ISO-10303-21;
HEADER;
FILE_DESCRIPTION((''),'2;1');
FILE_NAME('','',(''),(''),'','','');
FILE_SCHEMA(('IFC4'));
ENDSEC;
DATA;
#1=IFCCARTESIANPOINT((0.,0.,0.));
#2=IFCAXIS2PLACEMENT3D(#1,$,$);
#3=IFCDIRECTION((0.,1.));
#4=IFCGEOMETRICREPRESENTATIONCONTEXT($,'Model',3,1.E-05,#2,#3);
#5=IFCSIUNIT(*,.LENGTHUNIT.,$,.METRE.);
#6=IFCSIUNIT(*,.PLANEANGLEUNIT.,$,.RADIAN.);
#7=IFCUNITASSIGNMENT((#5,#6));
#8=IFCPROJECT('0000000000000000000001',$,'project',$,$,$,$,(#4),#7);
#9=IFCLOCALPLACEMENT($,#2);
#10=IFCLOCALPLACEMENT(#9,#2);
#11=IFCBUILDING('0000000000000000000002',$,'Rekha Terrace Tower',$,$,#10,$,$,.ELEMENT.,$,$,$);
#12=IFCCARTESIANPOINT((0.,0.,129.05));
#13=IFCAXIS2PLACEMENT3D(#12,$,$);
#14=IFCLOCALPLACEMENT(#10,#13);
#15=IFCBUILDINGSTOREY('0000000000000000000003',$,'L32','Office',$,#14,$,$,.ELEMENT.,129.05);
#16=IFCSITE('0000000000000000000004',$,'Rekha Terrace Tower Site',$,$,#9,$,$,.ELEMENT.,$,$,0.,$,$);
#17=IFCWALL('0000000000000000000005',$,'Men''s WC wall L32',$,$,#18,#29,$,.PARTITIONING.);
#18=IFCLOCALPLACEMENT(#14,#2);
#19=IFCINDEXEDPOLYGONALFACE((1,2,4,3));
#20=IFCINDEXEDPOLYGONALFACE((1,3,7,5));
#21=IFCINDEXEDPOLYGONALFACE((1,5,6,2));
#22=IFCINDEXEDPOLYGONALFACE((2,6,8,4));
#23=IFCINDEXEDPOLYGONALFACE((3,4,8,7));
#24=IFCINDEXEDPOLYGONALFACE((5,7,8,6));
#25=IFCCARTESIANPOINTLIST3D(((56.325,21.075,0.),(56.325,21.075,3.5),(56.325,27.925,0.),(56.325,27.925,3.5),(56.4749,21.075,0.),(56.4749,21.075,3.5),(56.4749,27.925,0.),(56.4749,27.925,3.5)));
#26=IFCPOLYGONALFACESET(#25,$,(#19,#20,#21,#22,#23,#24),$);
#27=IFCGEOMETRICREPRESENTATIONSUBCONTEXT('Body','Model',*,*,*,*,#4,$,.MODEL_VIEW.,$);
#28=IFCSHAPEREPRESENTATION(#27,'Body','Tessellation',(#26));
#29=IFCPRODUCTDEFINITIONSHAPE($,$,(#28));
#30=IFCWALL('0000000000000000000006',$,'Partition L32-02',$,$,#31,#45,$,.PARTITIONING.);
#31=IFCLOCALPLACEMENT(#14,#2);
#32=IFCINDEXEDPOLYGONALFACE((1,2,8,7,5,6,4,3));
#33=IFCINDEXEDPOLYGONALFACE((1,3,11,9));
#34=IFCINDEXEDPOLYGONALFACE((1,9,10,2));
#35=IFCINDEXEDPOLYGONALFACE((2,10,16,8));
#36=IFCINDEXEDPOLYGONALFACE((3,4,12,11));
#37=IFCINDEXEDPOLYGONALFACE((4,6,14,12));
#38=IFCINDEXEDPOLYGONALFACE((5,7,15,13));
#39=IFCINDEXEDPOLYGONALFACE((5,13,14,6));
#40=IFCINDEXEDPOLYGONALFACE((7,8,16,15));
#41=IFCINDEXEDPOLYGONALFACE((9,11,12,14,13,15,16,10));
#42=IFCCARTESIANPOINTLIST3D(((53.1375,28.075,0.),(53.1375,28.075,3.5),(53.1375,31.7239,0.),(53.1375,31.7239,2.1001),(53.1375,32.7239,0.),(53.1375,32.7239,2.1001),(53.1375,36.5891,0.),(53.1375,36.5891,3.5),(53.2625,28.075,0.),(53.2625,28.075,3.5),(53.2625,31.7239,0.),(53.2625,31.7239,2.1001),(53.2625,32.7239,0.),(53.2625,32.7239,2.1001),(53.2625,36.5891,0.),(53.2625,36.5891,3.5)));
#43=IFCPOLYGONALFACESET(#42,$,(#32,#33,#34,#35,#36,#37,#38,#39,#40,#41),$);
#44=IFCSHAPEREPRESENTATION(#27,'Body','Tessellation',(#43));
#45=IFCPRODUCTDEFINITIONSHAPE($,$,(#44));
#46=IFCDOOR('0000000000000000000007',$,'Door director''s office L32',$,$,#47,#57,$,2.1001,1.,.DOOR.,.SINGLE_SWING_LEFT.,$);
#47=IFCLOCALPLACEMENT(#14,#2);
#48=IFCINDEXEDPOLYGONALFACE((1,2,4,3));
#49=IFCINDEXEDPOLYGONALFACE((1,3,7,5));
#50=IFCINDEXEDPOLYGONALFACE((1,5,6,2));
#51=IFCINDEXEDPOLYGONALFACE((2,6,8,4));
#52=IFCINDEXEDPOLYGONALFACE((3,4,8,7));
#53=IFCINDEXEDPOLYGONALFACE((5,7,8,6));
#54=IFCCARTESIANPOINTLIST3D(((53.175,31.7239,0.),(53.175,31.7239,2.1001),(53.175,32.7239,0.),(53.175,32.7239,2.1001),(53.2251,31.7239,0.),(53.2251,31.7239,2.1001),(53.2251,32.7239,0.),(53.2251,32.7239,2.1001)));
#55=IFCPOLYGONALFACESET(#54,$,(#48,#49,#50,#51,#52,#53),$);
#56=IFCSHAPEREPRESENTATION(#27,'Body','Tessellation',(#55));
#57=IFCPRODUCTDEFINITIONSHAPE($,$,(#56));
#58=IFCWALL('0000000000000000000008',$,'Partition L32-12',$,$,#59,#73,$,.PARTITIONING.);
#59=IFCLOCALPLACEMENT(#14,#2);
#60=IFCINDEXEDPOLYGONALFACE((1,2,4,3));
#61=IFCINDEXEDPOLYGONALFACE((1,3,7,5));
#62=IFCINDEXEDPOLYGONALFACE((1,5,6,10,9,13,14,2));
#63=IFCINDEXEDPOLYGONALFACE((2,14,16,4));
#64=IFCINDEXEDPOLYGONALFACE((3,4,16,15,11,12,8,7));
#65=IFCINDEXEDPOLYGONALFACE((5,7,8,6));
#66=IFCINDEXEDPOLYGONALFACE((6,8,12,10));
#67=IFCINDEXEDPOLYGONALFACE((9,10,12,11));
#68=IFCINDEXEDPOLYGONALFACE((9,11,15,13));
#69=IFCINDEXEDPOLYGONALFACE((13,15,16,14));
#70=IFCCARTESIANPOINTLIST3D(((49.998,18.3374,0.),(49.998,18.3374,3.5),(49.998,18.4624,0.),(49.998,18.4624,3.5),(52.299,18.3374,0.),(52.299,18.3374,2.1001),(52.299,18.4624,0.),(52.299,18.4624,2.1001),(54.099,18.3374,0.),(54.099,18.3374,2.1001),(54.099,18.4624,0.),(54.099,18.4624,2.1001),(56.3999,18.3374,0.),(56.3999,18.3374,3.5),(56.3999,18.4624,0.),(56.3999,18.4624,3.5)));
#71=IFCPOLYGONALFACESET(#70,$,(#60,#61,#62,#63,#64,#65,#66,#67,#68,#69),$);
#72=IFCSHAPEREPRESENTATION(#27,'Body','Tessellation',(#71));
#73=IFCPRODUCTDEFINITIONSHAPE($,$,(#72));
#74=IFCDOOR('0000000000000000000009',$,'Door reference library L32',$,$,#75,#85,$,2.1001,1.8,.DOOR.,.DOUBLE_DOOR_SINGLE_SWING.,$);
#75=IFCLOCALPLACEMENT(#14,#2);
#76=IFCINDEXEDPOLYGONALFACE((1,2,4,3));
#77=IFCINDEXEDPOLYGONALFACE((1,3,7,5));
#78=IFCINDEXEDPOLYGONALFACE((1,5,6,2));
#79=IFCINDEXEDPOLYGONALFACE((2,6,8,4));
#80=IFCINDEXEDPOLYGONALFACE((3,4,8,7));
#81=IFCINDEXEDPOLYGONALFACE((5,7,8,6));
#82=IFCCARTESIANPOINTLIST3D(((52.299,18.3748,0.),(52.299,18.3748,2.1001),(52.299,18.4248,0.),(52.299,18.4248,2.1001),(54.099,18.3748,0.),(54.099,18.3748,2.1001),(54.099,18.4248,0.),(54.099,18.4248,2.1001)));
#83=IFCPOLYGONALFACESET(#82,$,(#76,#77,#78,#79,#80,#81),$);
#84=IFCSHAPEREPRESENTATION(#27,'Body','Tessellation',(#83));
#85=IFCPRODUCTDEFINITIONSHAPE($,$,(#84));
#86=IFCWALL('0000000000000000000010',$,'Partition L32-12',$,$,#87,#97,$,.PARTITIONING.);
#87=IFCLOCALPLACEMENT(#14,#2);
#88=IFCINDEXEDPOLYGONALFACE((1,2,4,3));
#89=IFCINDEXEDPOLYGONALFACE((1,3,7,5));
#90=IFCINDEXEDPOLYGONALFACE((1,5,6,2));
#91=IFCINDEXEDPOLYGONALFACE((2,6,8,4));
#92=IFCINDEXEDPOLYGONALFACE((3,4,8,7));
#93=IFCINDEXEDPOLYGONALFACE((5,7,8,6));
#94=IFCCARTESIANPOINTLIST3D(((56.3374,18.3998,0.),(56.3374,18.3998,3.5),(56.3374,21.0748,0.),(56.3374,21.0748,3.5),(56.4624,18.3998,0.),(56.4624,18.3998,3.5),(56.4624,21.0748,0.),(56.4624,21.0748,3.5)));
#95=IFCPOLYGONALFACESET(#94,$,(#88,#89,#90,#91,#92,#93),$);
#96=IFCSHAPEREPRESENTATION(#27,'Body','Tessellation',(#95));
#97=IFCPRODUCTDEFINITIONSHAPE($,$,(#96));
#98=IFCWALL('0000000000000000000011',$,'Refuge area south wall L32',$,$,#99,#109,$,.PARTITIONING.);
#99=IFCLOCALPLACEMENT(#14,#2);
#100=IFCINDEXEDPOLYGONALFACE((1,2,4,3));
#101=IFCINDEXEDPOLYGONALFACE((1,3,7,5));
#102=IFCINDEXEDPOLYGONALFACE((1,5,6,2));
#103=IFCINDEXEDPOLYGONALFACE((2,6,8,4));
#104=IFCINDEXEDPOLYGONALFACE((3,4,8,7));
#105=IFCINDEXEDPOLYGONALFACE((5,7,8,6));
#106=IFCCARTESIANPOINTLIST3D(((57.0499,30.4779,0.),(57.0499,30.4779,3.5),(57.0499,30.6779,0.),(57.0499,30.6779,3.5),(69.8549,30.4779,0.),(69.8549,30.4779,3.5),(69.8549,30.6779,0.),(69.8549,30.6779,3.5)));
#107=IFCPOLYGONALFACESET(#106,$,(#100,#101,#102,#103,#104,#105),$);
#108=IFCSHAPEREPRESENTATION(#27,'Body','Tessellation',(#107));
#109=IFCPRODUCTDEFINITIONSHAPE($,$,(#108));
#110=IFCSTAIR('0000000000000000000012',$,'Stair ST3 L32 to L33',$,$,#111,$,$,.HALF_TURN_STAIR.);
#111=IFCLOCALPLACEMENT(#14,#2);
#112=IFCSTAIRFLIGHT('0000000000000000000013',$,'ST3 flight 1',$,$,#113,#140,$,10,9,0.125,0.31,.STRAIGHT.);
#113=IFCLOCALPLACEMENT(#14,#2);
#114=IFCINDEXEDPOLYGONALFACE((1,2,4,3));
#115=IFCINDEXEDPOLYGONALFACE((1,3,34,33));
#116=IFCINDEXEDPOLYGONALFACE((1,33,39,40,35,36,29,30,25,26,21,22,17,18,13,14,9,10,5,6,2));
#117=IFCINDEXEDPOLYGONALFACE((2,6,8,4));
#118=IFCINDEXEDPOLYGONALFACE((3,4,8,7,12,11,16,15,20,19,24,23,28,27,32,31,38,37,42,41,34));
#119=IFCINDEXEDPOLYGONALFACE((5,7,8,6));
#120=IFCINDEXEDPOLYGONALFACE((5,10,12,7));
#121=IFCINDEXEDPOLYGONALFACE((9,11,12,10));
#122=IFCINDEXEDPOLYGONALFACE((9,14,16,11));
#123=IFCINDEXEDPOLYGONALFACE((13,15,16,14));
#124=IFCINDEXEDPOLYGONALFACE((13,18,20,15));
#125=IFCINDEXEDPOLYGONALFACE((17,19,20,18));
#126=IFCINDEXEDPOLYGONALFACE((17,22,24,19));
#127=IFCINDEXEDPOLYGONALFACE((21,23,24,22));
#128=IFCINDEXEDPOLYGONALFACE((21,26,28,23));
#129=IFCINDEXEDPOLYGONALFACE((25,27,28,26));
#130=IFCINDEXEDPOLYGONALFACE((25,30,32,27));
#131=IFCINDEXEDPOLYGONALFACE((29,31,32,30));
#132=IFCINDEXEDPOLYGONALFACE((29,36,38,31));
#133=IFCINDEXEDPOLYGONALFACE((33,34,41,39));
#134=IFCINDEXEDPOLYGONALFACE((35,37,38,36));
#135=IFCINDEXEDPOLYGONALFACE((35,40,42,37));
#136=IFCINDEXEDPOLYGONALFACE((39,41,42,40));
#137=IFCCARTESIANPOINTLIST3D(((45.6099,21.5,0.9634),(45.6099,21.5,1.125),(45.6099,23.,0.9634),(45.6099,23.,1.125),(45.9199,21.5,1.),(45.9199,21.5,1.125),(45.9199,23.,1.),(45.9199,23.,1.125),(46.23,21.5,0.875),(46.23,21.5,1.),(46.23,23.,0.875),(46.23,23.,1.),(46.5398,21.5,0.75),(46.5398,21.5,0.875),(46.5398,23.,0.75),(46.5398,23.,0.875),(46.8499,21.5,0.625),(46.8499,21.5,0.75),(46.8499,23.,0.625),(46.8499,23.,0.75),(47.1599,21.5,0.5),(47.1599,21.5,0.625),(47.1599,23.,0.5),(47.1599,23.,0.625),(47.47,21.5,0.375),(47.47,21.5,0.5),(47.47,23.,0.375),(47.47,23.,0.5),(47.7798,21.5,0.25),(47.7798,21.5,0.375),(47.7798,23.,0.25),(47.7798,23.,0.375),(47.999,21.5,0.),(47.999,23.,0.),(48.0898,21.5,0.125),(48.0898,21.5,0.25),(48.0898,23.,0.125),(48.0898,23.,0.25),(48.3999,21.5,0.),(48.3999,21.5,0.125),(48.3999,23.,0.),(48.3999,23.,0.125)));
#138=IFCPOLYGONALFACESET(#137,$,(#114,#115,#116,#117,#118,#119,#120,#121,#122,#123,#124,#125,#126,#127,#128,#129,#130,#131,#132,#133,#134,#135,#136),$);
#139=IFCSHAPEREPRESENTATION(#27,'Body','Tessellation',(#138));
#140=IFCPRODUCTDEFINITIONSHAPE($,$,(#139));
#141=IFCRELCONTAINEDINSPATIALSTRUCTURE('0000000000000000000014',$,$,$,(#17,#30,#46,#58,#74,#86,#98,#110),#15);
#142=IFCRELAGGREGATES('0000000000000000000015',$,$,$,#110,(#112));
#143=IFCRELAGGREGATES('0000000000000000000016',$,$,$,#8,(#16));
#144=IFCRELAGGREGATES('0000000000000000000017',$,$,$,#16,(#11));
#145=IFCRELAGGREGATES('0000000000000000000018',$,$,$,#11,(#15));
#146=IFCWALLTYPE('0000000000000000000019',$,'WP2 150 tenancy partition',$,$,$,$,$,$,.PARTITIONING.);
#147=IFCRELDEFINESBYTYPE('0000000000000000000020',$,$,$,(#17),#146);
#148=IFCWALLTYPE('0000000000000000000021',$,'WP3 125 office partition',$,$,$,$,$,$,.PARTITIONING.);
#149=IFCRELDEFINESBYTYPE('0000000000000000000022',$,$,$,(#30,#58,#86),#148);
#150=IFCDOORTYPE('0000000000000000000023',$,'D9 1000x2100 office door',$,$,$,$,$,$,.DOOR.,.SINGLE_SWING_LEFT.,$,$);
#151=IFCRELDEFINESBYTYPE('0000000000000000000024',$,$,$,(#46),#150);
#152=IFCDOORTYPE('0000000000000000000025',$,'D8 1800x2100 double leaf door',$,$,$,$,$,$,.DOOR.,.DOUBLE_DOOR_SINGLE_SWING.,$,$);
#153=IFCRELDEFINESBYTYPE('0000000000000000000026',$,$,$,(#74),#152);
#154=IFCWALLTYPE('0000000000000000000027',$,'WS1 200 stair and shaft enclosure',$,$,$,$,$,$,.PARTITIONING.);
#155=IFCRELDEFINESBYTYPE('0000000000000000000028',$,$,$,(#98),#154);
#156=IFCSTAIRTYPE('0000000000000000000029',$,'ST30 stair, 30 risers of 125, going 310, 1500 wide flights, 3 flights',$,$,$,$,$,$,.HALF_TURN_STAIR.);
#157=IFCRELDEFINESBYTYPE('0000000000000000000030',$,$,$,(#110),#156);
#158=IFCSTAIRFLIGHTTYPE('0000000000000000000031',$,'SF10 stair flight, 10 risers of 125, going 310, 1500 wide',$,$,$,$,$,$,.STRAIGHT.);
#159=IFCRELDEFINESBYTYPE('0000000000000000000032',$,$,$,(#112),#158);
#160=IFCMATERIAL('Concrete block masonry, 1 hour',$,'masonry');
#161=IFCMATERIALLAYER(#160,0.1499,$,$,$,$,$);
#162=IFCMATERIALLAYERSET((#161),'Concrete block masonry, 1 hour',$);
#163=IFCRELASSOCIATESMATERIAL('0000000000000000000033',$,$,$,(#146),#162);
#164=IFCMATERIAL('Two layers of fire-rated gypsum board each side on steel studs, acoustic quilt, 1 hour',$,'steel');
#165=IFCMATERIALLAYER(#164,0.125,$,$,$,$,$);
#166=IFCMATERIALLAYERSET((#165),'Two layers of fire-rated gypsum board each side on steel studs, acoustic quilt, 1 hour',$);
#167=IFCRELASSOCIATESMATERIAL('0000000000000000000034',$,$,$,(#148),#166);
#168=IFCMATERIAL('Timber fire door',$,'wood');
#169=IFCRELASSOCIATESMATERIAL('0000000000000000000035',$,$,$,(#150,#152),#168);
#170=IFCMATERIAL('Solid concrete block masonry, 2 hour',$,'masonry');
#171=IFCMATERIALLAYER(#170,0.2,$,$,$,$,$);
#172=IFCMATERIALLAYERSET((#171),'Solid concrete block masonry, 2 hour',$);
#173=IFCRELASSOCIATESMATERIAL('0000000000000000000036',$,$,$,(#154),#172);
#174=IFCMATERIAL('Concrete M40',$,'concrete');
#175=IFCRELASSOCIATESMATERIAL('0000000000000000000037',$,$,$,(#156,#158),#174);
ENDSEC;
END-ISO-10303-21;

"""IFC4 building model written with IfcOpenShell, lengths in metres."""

from ifc_helpers import new_model, si_unit, direction, frame, frame_2d, origin, place, context, subcontext, project, spatial, polyline, rectangle, outline, extrude, material, layer, layer_set, type_object, element, fill, aggregate, save


model = new_model("IFC4")

# Units and contexts
model_context = context("Model", 3, precision=1e-05, world=origin(), true_north=direction((0.0, 1.0)))
body_context = subcontext(model_context, "Body", "Model", "MODEL_VIEW")
ifc_project = project(units=[si_unit("LENGTHUNIT", "METRE"), si_unit("PLANEANGLEUNIT", "RADIAN")], contexts=[model_context])

# Site, building, storey
site_placement = place(None, origin())
site = spatial("IfcSite", under=ifc_project, at=site_placement, Name="Rekha Terrace Tower Site", CompositionType="ELEMENT", RefElevation=0.0)
building_placement = place(site_placement, origin())
building = spatial("IfcBuilding", under=site, at=building_placement, Name="Rekha Terrace Tower", CompositionType="ELEMENT")
storey_placement = place(building_placement, frame((0.0, 0.0, 129.05)))
storey = spatial("IfcBuildingStorey", under=building, at=storey_placement, Name="L32", Description="Office", CompositionType="ELEMENT", Elevation=129.05)

# Shared definitions
ifc_material_1 = material(Name="Concrete block masonry, 1 hour", Category="masonry")
ifc_layer_1 = layer(ifc_material_1, 0.1499)
ifc_layer_set_1 = layer_set([ifc_layer_1], Name="Concrete block masonry, 1 hour")
wall_type_1 = type_object("IfcWallType", Name="WP2 150 tenancy partition", PredefinedType="PARTITIONING", material=ifc_layer_set_1)

# Wall
wall_1_placement = place(storey_placement, frame((56.3999, 21.075, 0.0), z_axis=(0.0, 0.0, 1.0), x_axis=(0.0, 1.0, 0.0)))
element("IfcWall", 1, at=wall_1_placement, inside=storey, type_object=wall_type_1, Name="Men's WC wall L32", PredefinedType="PARTITIONING", context=body_context, shape_type="SweptSolid", body=[
    extrude(rectangle(XDim=6.8501, YDim=0.1499, at=frame_2d((3.425, 0.0))), origin(), (0.0, 0.0, 1.0), 3.5),
])

# Walls, openings, doors
ifc_material_2 = material(Name="Two layers of fire-rated gypsum board each side on steel studs, acoustic quilt, 1 hour", Category="steel")
ifc_layer_2 = layer(ifc_material_2, 0.125)
ifc_layer_set_2 = layer_set([ifc_layer_2], Name="Two layers of fire-rated gypsum board each side on steel studs, acoustic quilt, 1 hour")
wall_type_2 = type_object("IfcWallType", Name="WP3 125 office partition", PredefinedType="PARTITIONING", material=ifc_layer_set_2)
wall_2_placement = place(storey_placement, frame((53.2, 28.075, 0.0), z_axis=(0.0, 0.0, 1.0), x_axis=(0.0, 1.0, 0.0)))
wall_2 = element("IfcWall", 2, at=wall_2_placement, inside=storey, type_object=wall_type_2, Name="Partition L32-02", PredefinedType="PARTITIONING", context=body_context, shape_type="SweptSolid", body=[
    extrude(rectangle(XDim=8.5142, YDim=0.125, at=frame_2d((4.2571, 0.0))), origin(), (0.0, 0.0, 1.0), 3.5),
])
opening_1_placement = place(wall_2_placement, frame((3.6489, 0.0, 0.0)))
opening_1 = element("IfcOpeningElement", 3, at=opening_1_placement, cuts=wall_2, PredefinedType="OPENING", context=body_context, shape_type="SweptSolid", body=[
    extrude(rectangle(XDim=1.0, YDim=2.1001, at=frame_2d((0.5, 1.05))), frame((0.0, 0.0725, 0.0), z_axis=(0.0, -1.0, 0.0), x_axis=(1.0, 0.0, 0.0)), (0.0, 0.0, 1.0), 0.145),
])
ifc_material_3 = material(Name="Timber fire door", Category="wood")
door_type_1 = type_object("IfcDoorType", Name="D9 1000x2100 office door", OperationType="SINGLE_SWING_LEFT", PredefinedType="DOOR", material=ifc_material_3)
door_1_placement = place(opening_1_placement, origin())
door_1 = element("IfcDoor", 4, at=door_1_placement, inside=storey, type_object=door_type_1, Name="Door director's office L32", OperationType="SINGLE_SWING_LEFT", OverallHeight=2.1001, OverallWidth=1.0, PredefinedType="DOOR", context=body_context, shape_type="SweptSolid", body=[
    extrude(rectangle(XDim=1.0, YDim=2.1001, at=frame_2d((0.5, 1.05))), frame((0.0, 0.0249, 0.0), z_axis=(0.0, -1.0, 0.0), x_axis=(1.0, 0.0, 0.0)), (0.0, 0.0, 1.0), 0.05),
])
fill(opening_1, door_1)
wall_3_placement = place(storey_placement, frame((49.998, 18.3999, 0.0), z_axis=(0.0, 0.0, 1.0), x_axis=(1.0, 0.0, 0.0)))
wall_3 = element("IfcWall", 5, at=wall_3_placement, inside=storey, type_object=wall_type_2, Name="Partition L32-12", PredefinedType="PARTITIONING", context=body_context, shape_type="SweptSolid", body=[
    extrude(rectangle(XDim=6.4019, YDim=0.125, at=frame_2d((3.2009, 0.0))), origin(), (0.0, 0.0, 1.0), 3.5),
])
opening_2_placement = place(wall_3_placement, frame((2.301, 0.0, 0.0)))
opening_2 = element("IfcOpeningElement", 6, at=opening_2_placement, cuts=wall_3, PredefinedType="OPENING", context=body_context, shape_type="SweptSolid", body=[
    extrude(rectangle(XDim=1.8, YDim=2.1001, at=frame_2d((0.8999, 1.05))), frame((0.0, 0.0725, 0.0), z_axis=(0.0, -1.0, 0.0), x_axis=(1.0, 0.0, 0.0)), (0.0, 0.0, 1.0), 0.145),
])
door_type_2 = type_object("IfcDoorType", Name="D8 1800x2100 double leaf door", OperationType="DOUBLE_DOOR_SINGLE_SWING", PredefinedType="DOOR", material=ifc_material_3)
door_2_placement = place(opening_2_placement, origin())
door_2 = element("IfcDoor", 7, at=door_2_placement, inside=storey, type_object=door_type_2, Name="Door reference library L32", OperationType="DOUBLE_DOOR_SINGLE_SWING", OverallHeight=2.1001, OverallWidth=1.8, PredefinedType="DOOR", context=body_context, shape_type="SweptSolid", body=[
    extrude(rectangle(XDim=1.8, YDim=2.1001, at=frame_2d((0.8999, 1.05))), frame((0.0, 0.0249, 0.0), z_axis=(0.0, -1.0, 0.0), x_axis=(1.0, 0.0, 0.0)), (0.0, 0.0, 1.0), 0.05),
])
fill(opening_2, door_2)

# Walls
wall_4_placement = place(storey_placement, frame((56.3999, 18.3999, 0.0), z_axis=(0.0, 0.0, 1.0), x_axis=(0.0, 1.0, 0.0)))
element("IfcWall", 8, at=wall_4_placement, inside=storey, type_object=wall_type_2, Name="Partition L32-12", PredefinedType="PARTITIONING", context=body_context, shape_type="SweptSolid", body=[
    extrude(rectangle(XDim=2.675, YDim=0.125, at=frame_2d((1.3374, 0.0))), origin(), (0.0, 0.0, 1.0), 3.5),
])
ifc_material_4 = material(Name="Solid concrete block masonry, 2 hour", Category="masonry")
ifc_layer_3 = layer(ifc_material_4, 0.2)
ifc_layer_set_3 = layer_set([ifc_layer_3], Name="Solid concrete block masonry, 2 hour")
wall_type_3 = type_object("IfcWallType", Name="WS1 200 stair and shaft enclosure", PredefinedType="PARTITIONING", material=ifc_layer_set_3)
wall_5_placement = place(storey_placement, frame((57.05, 30.5779, 0.0), z_axis=(0.0, 0.0, 1.0), x_axis=(1.0, 0.0, 0.0)))
element("IfcWall", 9, at=wall_5_placement, inside=storey, type_object=wall_type_3, Name="Refuge area south wall L32", PredefinedType="PARTITIONING", context=body_context, shape_type="SweptSolid", body=[
    extrude(rectangle(XDim=12.8049, YDim=0.2, at=frame_2d((6.4023, 0.0))), origin(), (0.0, 0.0, 1.0), 3.5),
])

# Stair, stair flight
ifc_material_5 = material(Name="Concrete M40", Category="concrete")
stair_type = type_object("IfcStairType", Name="ST30 stair, 30 risers of 125, going 310, 1500 wide flights, 3 flights", PredefinedType="HALF_TURN_STAIR", material=ifc_material_5)
stair_placement = place(storey_placement, origin())
stair = element("IfcStair", 10, at=stair_placement, inside=storey, type_object=stair_type, Name="Stair ST3 L32 to L33", PredefinedType="HALF_TURN_STAIR")
stair_flight_type = type_object("IfcStairFlightType", Name="SF10 stair flight, 10 risers of 125, going 310, 1500 wide", PredefinedType="STRAIGHT", material=ifc_material_5)
stair_flight_placement = place(storey_placement, frame((48.3999, 22.25, 0.0), z_axis=(0.0, 0.0, 1.0), x_axis=(-1.0, 0.0, 0.0)))
stair_flight = element("IfcStairFlight", 11, at=stair_flight_placement, type_object=stair_flight_type, Name="ST3 flight 1", NumberOfRisers=10, NumberOfTreads=9, PredefinedType="STRAIGHT", RiserHeight=0.125, TreadLength=0.31, context=body_context, shape_type="SweptSolid", body=[
    extrude(outline(polyline([(0.0, 0.0), (0.0, 0.125), (0.3101, 0.125), (0.3101, 0.25), (0.6201, 0.25), (0.6201, 0.375), (0.9299, 0.375), (0.9299, 0.5), (1.24, 0.5), (1.24, 0.625), (1.55, 0.625), (1.55, 0.75), (1.8601, 0.75), (1.8601, 0.875), (2.1699, 0.875), (2.1699, 1.0), (2.48, 1.0), (2.48, 1.125), (2.79, 1.125), (2.79, 1.25), (2.79, 0.9634), (0.4009, 0.0), (0.0, 0.0)])), frame((0.0, 0.75, 0.0), z_axis=(0.0, -1.0, 0.0), x_axis=(1.0, 0.0, 0.0)), (0.0, 0.0, 1.0), 1.5),
])
aggregate(stair, [stair_flight])

save(model, "model.ifc")
